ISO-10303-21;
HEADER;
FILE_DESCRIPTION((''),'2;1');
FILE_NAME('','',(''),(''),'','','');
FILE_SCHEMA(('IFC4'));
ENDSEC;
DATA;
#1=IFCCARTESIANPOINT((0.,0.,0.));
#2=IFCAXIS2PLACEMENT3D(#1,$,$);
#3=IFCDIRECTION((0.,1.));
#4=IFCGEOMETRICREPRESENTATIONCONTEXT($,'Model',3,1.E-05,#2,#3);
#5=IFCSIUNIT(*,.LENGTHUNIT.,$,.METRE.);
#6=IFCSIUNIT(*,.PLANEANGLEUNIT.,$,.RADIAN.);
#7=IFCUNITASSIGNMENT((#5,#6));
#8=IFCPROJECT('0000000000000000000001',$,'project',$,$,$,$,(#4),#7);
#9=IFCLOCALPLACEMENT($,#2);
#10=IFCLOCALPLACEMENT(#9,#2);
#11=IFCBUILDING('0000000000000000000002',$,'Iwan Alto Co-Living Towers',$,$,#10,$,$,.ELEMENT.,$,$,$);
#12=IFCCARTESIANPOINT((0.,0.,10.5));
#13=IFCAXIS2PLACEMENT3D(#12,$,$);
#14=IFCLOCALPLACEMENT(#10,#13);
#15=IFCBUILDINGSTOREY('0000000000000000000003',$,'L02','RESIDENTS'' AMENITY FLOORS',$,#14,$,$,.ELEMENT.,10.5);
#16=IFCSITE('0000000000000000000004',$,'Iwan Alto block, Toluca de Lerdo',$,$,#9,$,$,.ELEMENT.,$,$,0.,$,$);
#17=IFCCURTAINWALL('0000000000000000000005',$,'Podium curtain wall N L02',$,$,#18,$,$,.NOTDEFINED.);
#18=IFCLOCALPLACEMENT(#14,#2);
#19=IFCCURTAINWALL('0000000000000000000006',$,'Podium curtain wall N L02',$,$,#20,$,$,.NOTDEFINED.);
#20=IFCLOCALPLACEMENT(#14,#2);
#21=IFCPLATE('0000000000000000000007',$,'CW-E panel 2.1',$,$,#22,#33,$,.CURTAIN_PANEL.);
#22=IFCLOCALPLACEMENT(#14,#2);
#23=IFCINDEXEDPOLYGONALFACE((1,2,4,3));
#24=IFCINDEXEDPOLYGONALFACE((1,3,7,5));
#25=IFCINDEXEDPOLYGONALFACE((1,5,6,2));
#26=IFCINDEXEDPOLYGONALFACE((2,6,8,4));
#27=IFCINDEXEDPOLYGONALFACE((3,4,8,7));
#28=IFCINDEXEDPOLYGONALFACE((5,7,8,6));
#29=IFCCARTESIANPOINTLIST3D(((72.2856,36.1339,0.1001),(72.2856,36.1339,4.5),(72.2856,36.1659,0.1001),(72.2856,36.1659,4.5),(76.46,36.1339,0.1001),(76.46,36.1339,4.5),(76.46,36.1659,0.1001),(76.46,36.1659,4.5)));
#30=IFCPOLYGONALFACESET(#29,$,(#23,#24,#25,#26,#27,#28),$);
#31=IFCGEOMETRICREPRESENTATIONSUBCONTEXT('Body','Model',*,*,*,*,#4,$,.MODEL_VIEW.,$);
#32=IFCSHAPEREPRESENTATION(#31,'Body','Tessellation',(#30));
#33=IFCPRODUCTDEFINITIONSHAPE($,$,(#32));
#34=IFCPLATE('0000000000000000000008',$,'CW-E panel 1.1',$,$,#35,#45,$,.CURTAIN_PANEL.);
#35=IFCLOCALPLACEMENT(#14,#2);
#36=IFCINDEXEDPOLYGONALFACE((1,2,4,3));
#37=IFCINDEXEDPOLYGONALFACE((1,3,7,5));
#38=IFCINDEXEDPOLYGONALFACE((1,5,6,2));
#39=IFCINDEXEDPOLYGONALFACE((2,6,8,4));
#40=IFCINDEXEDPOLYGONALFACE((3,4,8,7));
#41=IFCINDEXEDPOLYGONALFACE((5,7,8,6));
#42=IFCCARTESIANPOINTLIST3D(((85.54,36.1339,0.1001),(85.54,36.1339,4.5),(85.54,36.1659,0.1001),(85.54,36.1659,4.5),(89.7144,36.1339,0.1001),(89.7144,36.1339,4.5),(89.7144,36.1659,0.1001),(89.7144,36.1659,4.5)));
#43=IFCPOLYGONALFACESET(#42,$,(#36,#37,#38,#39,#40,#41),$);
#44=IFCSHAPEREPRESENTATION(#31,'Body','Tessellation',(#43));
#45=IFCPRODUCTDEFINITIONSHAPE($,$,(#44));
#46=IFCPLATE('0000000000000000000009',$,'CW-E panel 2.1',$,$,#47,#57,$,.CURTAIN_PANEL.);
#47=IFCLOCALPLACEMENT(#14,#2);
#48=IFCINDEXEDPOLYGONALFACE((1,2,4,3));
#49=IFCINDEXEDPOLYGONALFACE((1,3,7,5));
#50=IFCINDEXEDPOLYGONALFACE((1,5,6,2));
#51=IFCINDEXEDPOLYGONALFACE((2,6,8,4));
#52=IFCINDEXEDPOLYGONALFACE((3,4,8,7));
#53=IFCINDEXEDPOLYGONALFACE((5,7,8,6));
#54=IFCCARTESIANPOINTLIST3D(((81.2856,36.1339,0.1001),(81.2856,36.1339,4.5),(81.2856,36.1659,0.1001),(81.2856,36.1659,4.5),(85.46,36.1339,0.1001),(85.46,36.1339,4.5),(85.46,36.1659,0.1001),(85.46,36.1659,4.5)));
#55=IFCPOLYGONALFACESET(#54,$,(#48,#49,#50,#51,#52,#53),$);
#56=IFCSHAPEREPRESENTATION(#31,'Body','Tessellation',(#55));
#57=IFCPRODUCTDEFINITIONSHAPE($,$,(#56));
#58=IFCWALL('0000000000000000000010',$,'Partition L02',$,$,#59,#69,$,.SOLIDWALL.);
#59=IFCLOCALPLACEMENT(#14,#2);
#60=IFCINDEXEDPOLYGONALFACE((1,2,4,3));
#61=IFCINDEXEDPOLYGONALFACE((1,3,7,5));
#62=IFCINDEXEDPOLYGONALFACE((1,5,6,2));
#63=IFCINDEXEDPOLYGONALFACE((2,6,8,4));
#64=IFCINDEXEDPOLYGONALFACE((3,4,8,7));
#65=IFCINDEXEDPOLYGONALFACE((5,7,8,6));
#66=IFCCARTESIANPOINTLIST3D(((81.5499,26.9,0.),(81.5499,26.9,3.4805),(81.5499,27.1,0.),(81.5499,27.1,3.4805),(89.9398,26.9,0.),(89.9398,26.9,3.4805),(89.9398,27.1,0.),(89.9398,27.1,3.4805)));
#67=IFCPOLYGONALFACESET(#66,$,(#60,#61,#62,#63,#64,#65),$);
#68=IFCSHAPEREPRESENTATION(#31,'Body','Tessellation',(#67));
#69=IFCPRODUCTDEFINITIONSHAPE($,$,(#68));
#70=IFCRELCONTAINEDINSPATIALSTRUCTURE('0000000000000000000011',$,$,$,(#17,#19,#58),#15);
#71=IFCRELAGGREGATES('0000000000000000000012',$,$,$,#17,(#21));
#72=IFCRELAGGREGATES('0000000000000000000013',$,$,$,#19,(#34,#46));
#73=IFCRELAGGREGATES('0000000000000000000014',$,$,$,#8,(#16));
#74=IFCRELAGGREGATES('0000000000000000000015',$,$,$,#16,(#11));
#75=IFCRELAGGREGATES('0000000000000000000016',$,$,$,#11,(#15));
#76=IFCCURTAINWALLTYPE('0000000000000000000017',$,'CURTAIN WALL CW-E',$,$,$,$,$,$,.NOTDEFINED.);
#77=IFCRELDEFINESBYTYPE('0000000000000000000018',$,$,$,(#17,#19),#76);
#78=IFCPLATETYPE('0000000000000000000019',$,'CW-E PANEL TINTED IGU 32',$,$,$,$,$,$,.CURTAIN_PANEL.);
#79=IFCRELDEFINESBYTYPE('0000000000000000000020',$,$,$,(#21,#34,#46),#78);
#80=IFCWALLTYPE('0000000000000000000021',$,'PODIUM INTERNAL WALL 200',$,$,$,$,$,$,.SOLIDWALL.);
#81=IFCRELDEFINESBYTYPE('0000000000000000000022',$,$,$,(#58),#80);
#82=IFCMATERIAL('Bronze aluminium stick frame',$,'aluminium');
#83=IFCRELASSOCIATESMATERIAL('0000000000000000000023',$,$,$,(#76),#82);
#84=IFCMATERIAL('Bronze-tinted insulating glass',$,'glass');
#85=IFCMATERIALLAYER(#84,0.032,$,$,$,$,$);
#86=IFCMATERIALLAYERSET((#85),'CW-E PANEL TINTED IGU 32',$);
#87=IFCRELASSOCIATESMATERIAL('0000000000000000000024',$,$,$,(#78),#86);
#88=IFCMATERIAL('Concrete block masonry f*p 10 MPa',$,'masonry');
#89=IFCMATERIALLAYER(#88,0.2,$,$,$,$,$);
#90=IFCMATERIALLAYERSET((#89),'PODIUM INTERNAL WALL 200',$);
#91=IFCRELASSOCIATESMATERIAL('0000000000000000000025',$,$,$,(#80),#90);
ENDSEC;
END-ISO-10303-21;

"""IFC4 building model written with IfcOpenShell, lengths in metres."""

from ifc_helpers import new_model, si_unit, direction, frame, frame_2d, origin, origin_2d, place, context, subcontext, project, spatial, rectangle, extrude, material, layer, layer_set, type_object, element, aggregate, save


model = new_model("IFC4")

# Units and contexts
model_context = context("Model", 3, precision=1e-05, world=origin(), true_north=direction((0.0, 1.0)))
body_context = subcontext(model_context, "Body", "Model", "MODEL_VIEW")
ifc_project = project(units=[si_unit("LENGTHUNIT", "METRE"), si_unit("PLANEANGLEUNIT", "RADIAN")], contexts=[model_context])

# Site, building, storey
site_placement = place(None, origin())
site = spatial("IfcSite", under=ifc_project, at=site_placement, Name="Iwan Alto block, Toluca de Lerdo", CompositionType="ELEMENT", RefElevation=0.0)
building_placement = place(site_placement, origin())
building = spatial("IfcBuilding", under=site, at=building_placement, Name="Iwan Alto Co-Living Towers", CompositionType="ELEMENT")
storey_placement = place(building_placement, frame((0.0, 0.0, 10.5)))
storey = spatial("IfcBuildingStorey", under=building, at=storey_placement, Name="L02", Description="RESIDENTS' AMENITY FLOORS", CompositionType="ELEMENT", Elevation=10.5)

# Curtain walls
ifc_material_1 = material(Name="Bronze aluminium stick frame", Category="aluminium")
curtain_wall_type = type_object("IfcCurtainWallType", Name="CURTAIN WALL CW-E", PredefinedType="NOTDEFINED", material=ifc_material_1)
curtain_wall_1_placement = place(storey_placement, origin())
curtain_wall_1 = element("IfcCurtainWall", 1, at=curtain_wall_1_placement, inside=storey, type_object=curtain_wall_type, Name="Podium curtain wall N L02", PredefinedType="NOTDEFINED")
curtain_wall_2_placement = place(storey_placement, origin())
curtain_wall_2 = element("IfcCurtainWall", 2, at=curtain_wall_2_placement, inside=storey, type_object=curtain_wall_type, Name="Podium curtain wall N L02", PredefinedType="NOTDEFINED")

# Plates
ifc_material_2 = material(Name="Bronze-tinted insulating glass", Category="glass")
ifc_layer_1 = layer(ifc_material_2, 0.032)
ifc_layer_set_1 = layer_set([ifc_layer_1], Name="CW-E PANEL TINTED IGU 32")
plate_type = type_object("IfcPlateType", Name="CW-E PANEL TINTED IGU 32", PredefinedType="CURTAIN_PANEL", material=ifc_layer_set_1)
plate_1_placement = place(storey_placement, frame((74.3728, 36.1499, 0.1001), z_axis=(0.0, 0.0, 1.0), x_axis=(-1.0, 0.0, 0.0)))
plate_1 = element("IfcPlate", 3, at=plate_1_placement, type_object=plate_type, Name="CW-E panel 2.1", PredefinedType="CURTAIN_PANEL", context=body_context, shape_type="SweptSolid", body=[
    extrude(rectangle(XDim=4.1743, YDim=0.032, at=origin_2d()), origin(), (0.0, 0.0, 1.0), 4.3999),
])
aggregate(curtain_wall_1, [plate_1])
plate_2_placement = place(storey_placement, frame((87.6272, 36.1499, 0.1001), z_axis=(0.0, 0.0, 1.0), x_axis=(-1.0, 0.0, 0.0)))
plate_2 = element("IfcPlate", 4, at=plate_2_placement, type_object=plate_type, Name="CW-E panel 1.1", PredefinedType="CURTAIN_PANEL", context=body_context, shape_type="SweptSolid", body=[
    extrude(rectangle(XDim=4.1743, YDim=0.032, at=origin_2d()), origin(), (0.0, 0.0, 1.0), 4.3999),
])
plate_3_placement = place(storey_placement, frame((83.3728, 36.1499, 0.1001), z_axis=(0.0, 0.0, 1.0), x_axis=(-1.0, 0.0, 0.0)))
plate_3 = element("IfcPlate", 5, at=plate_3_placement, type_object=plate_type, Name="CW-E panel 2.1", PredefinedType="CURTAIN_PANEL", context=body_context, shape_type="SweptSolid", body=[
    extrude(rectangle(XDim=4.1743, YDim=0.032, at=origin_2d()), origin(), (0.0, 0.0, 1.0), 4.3999),
])
aggregate(curtain_wall_2, [plate_2, plate_3])

# Wall
ifc_material_3 = material(Name="Concrete block masonry f*p 10 MPa", Category="masonry")
ifc_layer_2 = layer(ifc_material_3, 0.2)
ifc_layer_set_2 = layer_set([ifc_layer_2], Name="PODIUM INTERNAL WALL 200")
wall_type = type_object("IfcWallType", Name="PODIUM INTERNAL WALL 200", PredefinedType="SOLIDWALL", material=ifc_layer_set_2)
wall_placement = place(storey_placement, frame((81.55, 27.0, 0.0), z_axis=(0.0, 0.0, 1.0), x_axis=(1.0, 0.0, 0.0)))
element("IfcWall", 6, at=wall_placement, inside=storey, type_object=wall_type, Name="Partition L02", PredefinedType="SOLIDWALL", context=body_context, shape_type="SweptSolid", body=[
    extrude(rectangle(XDim=8.3899, YDim=0.2, at=frame_2d((4.1948, 0.0))), origin(), (0.0, 0.0, 1.0), 3.4805),
])

save(model, "model.ifc")
